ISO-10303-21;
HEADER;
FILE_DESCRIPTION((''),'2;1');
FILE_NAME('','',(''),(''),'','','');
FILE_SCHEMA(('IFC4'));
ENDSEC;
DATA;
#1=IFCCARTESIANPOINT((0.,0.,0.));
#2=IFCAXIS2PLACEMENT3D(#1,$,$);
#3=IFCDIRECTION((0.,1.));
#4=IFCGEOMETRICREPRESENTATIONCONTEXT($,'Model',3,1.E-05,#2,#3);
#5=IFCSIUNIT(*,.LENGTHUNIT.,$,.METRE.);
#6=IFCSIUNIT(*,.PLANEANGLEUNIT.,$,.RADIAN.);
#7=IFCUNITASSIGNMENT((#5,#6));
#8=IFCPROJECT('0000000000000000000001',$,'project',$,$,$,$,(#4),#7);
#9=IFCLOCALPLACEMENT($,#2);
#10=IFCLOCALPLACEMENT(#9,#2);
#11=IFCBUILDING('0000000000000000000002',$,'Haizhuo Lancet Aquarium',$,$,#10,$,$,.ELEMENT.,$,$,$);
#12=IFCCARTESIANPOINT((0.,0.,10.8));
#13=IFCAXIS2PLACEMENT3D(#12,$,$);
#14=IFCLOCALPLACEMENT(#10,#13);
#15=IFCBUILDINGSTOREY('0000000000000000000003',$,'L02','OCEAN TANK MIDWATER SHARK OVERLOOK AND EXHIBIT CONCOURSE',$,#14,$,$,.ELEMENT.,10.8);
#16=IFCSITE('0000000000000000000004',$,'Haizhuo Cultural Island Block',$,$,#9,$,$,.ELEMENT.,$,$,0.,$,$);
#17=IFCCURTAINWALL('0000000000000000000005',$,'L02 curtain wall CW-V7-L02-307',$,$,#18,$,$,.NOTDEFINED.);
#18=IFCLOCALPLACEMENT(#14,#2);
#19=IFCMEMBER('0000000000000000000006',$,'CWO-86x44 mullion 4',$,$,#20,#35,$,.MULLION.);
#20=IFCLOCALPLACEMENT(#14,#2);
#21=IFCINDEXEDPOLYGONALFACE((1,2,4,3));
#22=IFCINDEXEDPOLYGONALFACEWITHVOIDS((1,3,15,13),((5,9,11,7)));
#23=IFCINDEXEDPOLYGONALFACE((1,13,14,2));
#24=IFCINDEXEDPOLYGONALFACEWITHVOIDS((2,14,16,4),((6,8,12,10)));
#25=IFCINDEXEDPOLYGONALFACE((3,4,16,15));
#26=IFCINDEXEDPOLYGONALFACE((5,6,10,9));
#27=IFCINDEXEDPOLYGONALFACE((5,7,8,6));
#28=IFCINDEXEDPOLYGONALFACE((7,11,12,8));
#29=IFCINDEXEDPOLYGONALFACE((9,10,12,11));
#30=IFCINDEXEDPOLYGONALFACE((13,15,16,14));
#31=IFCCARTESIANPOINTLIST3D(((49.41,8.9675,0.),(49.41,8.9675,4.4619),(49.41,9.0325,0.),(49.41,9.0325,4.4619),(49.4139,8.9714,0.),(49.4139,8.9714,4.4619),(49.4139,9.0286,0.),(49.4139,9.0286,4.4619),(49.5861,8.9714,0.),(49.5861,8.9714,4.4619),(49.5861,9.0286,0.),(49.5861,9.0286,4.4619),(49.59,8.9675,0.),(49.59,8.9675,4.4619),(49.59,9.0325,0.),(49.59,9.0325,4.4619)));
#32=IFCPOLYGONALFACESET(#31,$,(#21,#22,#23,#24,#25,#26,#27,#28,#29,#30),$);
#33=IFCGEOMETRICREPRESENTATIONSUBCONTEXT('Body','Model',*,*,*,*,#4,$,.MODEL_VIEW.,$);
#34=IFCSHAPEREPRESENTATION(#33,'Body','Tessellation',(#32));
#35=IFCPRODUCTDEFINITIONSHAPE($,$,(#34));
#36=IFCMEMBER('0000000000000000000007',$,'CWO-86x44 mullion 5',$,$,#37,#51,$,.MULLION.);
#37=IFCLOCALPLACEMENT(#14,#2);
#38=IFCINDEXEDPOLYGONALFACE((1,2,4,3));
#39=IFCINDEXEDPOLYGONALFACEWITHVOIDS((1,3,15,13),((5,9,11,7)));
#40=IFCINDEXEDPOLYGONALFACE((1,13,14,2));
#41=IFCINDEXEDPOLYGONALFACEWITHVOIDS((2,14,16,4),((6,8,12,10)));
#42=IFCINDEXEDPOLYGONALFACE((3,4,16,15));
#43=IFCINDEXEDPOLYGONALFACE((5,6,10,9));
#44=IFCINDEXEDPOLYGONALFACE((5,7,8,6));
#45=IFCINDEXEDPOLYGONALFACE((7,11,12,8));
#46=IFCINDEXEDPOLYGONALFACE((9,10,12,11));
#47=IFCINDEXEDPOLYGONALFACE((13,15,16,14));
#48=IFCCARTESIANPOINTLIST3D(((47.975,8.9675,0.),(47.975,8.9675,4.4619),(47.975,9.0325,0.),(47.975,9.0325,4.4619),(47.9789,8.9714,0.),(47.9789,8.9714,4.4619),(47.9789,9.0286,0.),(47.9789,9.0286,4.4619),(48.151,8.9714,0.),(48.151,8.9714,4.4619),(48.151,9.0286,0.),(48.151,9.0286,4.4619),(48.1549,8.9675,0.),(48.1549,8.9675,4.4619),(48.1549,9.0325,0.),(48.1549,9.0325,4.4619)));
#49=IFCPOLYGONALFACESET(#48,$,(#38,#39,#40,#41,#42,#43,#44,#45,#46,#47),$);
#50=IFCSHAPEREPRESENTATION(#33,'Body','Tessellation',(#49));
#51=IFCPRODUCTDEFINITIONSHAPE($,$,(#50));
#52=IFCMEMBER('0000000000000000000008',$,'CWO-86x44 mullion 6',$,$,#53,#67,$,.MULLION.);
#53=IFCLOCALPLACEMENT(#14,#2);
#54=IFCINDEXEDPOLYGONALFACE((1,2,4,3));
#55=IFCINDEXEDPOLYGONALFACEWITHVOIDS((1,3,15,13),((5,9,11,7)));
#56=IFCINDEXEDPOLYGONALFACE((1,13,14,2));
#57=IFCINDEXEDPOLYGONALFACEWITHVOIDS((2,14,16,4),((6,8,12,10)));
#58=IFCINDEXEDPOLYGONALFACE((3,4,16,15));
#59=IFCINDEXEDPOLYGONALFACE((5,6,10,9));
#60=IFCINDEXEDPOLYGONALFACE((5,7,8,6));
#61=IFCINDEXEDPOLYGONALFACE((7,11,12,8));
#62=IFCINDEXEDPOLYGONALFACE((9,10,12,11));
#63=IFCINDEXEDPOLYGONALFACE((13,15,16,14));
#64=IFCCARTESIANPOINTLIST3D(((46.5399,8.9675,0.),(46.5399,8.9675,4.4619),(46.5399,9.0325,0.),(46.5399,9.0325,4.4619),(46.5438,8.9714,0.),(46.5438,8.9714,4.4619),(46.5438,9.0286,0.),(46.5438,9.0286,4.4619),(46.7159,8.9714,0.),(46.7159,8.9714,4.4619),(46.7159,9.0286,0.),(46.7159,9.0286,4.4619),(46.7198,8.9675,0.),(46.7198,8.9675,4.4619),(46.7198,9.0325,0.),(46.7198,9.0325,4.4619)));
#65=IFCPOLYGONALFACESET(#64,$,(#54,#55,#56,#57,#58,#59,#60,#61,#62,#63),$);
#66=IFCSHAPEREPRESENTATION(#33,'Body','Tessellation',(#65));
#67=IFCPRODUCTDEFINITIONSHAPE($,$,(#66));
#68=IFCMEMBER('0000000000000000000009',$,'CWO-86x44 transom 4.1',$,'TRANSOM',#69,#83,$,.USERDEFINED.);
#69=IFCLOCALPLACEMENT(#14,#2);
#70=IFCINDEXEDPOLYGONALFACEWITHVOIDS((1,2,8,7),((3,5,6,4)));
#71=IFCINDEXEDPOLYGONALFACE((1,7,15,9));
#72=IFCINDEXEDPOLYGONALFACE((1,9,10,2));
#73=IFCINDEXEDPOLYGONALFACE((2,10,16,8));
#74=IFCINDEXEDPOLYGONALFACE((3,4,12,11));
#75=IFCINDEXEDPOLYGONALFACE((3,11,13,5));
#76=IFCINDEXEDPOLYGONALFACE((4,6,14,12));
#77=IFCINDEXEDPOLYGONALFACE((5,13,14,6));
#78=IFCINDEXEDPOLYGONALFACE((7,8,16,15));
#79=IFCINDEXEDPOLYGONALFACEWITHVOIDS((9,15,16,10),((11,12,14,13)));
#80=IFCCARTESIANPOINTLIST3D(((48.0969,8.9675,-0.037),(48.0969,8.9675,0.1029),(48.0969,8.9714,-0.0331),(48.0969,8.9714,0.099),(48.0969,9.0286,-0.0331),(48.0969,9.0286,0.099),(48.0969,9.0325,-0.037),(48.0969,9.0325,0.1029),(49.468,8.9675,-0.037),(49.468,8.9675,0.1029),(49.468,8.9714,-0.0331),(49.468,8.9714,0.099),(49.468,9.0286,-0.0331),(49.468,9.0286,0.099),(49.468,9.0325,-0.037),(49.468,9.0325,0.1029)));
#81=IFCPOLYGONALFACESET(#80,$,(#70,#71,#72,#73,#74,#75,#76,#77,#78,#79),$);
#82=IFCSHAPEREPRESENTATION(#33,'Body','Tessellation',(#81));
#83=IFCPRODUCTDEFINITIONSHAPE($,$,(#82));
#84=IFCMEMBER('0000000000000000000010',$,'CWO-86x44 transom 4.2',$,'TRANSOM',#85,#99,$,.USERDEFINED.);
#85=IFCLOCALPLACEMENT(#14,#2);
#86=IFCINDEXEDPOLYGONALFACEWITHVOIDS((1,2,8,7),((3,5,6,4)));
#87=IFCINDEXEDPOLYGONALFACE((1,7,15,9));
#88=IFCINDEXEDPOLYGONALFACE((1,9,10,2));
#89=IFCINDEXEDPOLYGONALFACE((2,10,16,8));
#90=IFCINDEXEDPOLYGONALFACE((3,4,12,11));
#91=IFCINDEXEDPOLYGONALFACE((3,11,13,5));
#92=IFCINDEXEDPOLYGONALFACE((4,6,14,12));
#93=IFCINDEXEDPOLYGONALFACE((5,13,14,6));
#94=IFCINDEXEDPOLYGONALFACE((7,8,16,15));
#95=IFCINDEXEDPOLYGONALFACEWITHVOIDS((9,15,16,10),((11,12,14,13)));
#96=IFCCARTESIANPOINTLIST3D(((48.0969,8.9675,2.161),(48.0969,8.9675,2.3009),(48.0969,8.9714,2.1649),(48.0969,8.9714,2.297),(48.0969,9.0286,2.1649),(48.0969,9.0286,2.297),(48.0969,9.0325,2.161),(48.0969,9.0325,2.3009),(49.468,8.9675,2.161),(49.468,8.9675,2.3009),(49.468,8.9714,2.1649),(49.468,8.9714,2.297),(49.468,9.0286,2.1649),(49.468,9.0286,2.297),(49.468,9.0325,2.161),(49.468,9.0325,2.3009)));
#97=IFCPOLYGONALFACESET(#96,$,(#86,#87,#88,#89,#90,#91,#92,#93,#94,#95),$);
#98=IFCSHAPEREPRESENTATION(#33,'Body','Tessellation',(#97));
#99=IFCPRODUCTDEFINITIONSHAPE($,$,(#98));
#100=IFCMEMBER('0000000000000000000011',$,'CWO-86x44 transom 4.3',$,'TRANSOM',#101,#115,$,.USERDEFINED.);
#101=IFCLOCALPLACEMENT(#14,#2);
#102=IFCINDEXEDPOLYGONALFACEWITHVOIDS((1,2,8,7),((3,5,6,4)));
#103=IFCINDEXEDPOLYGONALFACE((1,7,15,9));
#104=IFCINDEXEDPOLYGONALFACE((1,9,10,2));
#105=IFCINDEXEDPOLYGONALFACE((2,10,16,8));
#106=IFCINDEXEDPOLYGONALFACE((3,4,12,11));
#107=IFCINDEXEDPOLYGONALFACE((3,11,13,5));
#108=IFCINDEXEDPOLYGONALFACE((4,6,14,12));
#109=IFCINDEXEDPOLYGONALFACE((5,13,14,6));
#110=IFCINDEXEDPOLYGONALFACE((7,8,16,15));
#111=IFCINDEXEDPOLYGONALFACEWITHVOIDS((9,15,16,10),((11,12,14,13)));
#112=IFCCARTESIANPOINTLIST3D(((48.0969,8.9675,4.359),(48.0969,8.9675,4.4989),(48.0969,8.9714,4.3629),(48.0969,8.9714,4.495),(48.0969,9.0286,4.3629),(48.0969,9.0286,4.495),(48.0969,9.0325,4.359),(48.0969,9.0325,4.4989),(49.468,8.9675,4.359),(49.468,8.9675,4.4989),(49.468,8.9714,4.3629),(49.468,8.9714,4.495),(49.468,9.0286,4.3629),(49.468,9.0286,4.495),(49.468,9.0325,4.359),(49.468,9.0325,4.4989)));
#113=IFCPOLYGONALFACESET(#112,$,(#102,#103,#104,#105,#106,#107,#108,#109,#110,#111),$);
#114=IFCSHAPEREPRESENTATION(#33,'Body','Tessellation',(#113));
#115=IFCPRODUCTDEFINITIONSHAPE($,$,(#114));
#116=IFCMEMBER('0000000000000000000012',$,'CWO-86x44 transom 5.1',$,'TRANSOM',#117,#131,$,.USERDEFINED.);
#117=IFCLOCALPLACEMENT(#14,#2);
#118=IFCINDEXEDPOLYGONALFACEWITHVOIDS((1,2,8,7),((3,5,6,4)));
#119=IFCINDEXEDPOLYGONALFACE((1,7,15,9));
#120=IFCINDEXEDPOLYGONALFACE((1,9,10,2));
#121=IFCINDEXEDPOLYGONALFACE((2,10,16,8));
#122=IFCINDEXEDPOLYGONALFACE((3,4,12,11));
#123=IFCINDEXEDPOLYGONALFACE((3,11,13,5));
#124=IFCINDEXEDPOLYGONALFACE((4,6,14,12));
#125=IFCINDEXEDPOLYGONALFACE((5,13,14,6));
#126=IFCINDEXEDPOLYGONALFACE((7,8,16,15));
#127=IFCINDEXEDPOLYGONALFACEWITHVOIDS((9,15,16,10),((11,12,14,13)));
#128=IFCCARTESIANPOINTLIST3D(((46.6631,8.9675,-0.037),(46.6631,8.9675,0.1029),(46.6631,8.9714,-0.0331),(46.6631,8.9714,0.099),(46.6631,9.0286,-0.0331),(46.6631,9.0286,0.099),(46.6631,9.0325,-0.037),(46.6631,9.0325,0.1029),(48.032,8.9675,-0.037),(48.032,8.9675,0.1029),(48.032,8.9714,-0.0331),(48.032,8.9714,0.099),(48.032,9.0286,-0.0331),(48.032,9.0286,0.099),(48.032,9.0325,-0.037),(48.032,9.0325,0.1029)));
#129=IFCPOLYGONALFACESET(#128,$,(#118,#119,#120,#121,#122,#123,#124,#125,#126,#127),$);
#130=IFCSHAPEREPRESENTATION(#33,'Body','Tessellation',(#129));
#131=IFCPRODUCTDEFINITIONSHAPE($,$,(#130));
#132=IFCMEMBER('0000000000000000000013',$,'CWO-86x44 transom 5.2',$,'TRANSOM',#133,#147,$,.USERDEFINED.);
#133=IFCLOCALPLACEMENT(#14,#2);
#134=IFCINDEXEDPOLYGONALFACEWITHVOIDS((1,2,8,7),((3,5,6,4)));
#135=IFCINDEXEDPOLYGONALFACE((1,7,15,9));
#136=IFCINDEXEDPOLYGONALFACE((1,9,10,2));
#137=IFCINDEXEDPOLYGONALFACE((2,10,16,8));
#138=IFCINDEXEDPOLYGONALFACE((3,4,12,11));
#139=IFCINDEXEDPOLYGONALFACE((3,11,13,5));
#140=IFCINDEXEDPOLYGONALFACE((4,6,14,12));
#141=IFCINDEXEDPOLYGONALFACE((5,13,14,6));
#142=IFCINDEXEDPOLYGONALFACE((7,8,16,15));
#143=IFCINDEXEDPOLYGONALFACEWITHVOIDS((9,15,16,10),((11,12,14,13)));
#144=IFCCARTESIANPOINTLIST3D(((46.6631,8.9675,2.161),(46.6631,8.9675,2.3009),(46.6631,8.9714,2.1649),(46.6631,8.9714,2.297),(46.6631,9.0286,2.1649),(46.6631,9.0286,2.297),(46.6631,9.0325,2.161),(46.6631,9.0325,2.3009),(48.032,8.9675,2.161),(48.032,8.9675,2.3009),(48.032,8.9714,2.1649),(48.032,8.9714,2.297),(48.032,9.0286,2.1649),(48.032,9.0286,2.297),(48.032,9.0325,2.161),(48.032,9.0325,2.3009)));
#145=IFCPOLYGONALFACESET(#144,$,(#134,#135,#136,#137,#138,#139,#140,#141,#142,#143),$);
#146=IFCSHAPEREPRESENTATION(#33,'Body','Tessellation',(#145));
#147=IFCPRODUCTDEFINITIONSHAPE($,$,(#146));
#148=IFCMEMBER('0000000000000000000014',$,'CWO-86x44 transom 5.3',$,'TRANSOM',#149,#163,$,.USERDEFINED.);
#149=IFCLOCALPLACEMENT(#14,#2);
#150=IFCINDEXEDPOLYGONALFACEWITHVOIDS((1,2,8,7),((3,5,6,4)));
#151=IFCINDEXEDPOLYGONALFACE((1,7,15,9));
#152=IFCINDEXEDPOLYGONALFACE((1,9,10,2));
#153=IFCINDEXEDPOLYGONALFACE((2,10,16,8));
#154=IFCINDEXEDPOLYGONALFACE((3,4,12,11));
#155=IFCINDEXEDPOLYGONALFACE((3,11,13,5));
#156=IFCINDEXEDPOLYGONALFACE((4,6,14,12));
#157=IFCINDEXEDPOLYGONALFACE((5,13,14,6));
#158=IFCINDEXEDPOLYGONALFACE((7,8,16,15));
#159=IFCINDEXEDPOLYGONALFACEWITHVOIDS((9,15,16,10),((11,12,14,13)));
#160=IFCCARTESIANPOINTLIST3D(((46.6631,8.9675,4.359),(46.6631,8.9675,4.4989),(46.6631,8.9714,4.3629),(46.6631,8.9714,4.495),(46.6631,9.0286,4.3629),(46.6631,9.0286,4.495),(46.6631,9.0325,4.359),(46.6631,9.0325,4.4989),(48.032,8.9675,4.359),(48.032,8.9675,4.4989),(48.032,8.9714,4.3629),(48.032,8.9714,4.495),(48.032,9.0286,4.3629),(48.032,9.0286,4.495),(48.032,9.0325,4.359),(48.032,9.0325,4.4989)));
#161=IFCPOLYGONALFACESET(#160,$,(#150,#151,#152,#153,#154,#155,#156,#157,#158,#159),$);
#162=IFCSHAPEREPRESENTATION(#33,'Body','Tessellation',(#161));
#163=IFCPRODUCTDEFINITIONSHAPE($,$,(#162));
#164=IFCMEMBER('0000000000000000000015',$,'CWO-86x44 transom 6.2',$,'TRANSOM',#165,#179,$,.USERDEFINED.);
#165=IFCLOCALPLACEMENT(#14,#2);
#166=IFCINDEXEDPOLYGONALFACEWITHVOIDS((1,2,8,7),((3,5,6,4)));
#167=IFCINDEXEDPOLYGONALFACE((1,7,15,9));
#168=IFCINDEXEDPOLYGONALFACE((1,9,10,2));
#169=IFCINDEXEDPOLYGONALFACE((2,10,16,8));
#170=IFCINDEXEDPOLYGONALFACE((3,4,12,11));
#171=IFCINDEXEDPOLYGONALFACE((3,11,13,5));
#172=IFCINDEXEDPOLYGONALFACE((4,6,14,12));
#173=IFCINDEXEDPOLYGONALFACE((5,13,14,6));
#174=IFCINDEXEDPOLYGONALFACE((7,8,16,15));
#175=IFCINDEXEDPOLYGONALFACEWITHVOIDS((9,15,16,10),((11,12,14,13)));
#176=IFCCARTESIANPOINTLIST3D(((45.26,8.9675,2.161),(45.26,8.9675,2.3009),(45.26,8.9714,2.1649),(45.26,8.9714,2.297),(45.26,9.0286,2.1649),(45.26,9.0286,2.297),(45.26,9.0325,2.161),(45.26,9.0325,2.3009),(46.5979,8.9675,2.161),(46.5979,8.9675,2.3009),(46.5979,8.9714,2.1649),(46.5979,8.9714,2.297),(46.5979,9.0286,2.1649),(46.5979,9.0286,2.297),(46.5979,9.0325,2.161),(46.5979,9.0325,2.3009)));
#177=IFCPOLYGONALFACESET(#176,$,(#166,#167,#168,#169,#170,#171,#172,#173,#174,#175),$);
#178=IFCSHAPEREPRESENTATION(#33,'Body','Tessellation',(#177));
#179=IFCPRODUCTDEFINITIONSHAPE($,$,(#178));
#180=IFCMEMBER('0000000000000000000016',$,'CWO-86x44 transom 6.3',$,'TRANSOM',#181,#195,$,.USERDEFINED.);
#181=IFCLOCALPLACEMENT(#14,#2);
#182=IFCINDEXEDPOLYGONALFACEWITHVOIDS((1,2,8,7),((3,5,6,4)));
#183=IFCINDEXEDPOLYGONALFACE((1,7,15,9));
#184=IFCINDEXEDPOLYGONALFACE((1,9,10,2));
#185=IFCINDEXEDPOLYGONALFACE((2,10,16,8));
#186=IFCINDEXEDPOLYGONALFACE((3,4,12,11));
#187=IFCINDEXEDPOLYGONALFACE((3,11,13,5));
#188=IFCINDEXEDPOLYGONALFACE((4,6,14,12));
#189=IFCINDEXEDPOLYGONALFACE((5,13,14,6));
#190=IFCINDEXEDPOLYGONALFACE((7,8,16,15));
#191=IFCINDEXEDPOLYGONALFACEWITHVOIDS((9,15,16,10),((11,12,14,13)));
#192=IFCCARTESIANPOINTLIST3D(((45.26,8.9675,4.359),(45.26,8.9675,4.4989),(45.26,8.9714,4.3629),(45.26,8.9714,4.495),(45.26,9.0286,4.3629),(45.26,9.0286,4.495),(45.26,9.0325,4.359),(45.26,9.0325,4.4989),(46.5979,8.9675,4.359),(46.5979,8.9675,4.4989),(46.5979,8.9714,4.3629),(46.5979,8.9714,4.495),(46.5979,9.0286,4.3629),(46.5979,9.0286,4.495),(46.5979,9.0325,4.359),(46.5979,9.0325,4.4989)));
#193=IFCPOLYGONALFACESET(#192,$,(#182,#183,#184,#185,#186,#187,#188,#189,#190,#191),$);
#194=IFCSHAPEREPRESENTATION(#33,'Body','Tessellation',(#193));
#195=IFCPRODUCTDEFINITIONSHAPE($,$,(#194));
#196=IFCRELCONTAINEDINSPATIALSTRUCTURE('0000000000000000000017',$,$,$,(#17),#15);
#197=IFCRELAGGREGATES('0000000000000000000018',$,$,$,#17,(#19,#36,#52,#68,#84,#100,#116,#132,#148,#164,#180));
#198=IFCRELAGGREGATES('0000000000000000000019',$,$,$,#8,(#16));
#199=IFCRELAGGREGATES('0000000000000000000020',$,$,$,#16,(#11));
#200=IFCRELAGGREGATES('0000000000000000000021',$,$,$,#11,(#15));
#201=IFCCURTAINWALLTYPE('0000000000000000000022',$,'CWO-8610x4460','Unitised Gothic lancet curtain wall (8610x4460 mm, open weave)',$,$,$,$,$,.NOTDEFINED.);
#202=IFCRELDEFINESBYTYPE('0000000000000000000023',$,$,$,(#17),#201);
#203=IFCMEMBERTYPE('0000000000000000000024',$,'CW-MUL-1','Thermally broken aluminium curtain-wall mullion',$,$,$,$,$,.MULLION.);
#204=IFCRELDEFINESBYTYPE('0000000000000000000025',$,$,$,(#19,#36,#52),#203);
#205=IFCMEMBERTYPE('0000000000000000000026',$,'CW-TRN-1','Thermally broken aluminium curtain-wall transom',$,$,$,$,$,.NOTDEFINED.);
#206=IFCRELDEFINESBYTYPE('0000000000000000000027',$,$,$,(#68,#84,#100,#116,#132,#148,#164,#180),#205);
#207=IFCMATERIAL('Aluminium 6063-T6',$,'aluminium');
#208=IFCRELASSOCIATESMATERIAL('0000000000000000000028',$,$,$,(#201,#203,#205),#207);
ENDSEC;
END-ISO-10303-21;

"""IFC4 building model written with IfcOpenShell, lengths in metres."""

from ifc_helpers import new_model, si_unit, direction, frame, origin, origin_2d, place, context, subcontext, project, spatial, hollow_rectangle, extrude, material, material_profile, profile_set, type_object, element, aggregate, save


model = new_model("IFC4")

# Units and contexts
model_context = context("Model", 3, precision=1e-05, world=origin(), true_north=direction((0.0, 1.0)))
body_context = subcontext(model_context, "Body", "Model", "MODEL_VIEW")
ifc_project = project(units=[si_unit("LENGTHUNIT", "METRE"), si_unit("PLANEANGLEUNIT", "RADIAN")], contexts=[model_context])

# Site, building, storey
site_placement = place(None, origin())
site = spatial("IfcSite", under=ifc_project, at=site_placement, Name="Haizhuo Cultural Island Block", CompositionType="ELEMENT", RefElevation=0.0)
building_placement = place(site_placement, origin())
building = spatial("IfcBuilding", under=site, at=building_placement, Name="Haizhuo Lancet Aquarium", CompositionType="ELEMENT")
storey_placement = place(building_placement, frame((0.0, 0.0, 10.8)))
storey = spatial("IfcBuildingStorey", under=building, at=storey_placement, Name="L02", Description="OCEAN TANK MIDWATER SHARK OVERLOOK AND EXHIBIT CONCOURSE", CompositionType="ELEMENT", Elevation=10.8)

# Curtain wall, members
ifc_material_1 = material(Name="Aluminium 6063-T6", Category="aluminium")
curtain_wall_type = type_object("IfcCurtainWallType", Name="CWO-8610x4460", Description="Unitised Gothic lancet curtain wall (8610x4460 mm, open weave)", PredefinedType="NOTDEFINED", material=ifc_material_1)
curtain_wall_placement = place(storey_placement, origin())
curtain_wall = element("IfcCurtainWall", 1, at=curtain_wall_placement, inside=storey, type_object=curtain_wall_type, Name="L02 curtain wall CW-V7-L02-307", PredefinedType="NOTDEFINED")
ifc_material_profile_1 = material_profile(ifc_material_1, hollow_rectangle(XDim=0.0649, YDim=0.1799, WallThickness=0.0039, at=origin_2d()), Name="ALU-M 65x180x4")
ifc_profile_set_1 = profile_set([ifc_material_profile_1], Name="Aluminium 6063-T6")
member_type_1 = type_object("IfcMemberType", Name="CW-MUL-1", Description="Thermally broken aluminium curtain-wall mullion", PredefinedType="MULLION", material=ifc_profile_set_1)
member_1_placement = place(storey_placement, frame((49.5, 9.0, 0.0), z_axis=(0.0, 0.0, 1.0), x_axis=(0.0, -1.0, 0.0)))
member_1 = element("IfcMember", 2, at=member_1_placement, type_object=member_type_1, Name="CWO-86x44 mullion 4", PredefinedType="MULLION", context=body_context, shape_type="SweptSolid", body=[
    extrude(hollow_rectangle(XDim=0.0649, YDim=0.1799, WallThickness=0.0039, at=origin_2d()), origin(), (0.0, 0.0, 1.0), 4.4619),
])
member_2_placement = place(storey_placement, frame((48.0649, 9.0, 0.0), z_axis=(0.0, 0.0, 1.0), x_axis=(0.0, -1.0, 0.0)))
member_2 = element("IfcMember", 3, at=member_2_placement, type_object=member_type_1, Name="CWO-86x44 mullion 5", PredefinedType="MULLION", context=body_context, shape_type="SweptSolid", body=[
    extrude(hollow_rectangle(XDim=0.0649, YDim=0.1799, WallThickness=0.0039, at=origin_2d()), origin(), (0.0, 0.0, 1.0), 4.4619),
])
member_3_placement = place(storey_placement, frame((46.6299, 9.0, 0.0), z_axis=(0.0, 0.0, 1.0), x_axis=(0.0, -1.0, 0.0)))
member_3 = element("IfcMember", 4, at=member_3_placement, type_object=member_type_1, Name="CWO-86x44 mullion 6", PredefinedType="MULLION", context=body_context, shape_type="SweptSolid", body=[
    extrude(hollow_rectangle(XDim=0.0649, YDim=0.1799, WallThickness=0.0039, at=origin_2d()), origin(), (0.0, 0.0, 1.0), 4.4619),
])
ifc_material_profile_2 = material_profile(ifc_material_1, hollow_rectangle(XDim=0.0649, YDim=0.1399, WallThickness=0.0039, at=origin_2d()), Name="ALU-T 65x140x4")
ifc_profile_set_2 = profile_set([ifc_material_profile_2], Name="Aluminium 6063-T6")
member_type_2 = type_object("IfcMemberType", Name="CW-TRN-1", Description="Thermally broken aluminium curtain-wall transom", PredefinedType="NOTDEFINED", material=ifc_profile_set_2)
member_4_placement = place(storey_placement, frame((49.468, 9.0, 0.033), z_axis=(-1.0, 0.0, 0.0), x_axis=(0.0, -1.0, 0.0)))
member_4 = element("IfcMember", 5, at=member_4_placement, type_object=member_type_2, Name="CWO-86x44 transom 4.1", ObjectType="TRANSOM", PredefinedType="USERDEFINED", context=body_context, shape_type="SweptSolid", body=[
    extrude(hollow_rectangle(XDim=0.0649, YDim=0.1399, WallThickness=0.0039, at=origin_2d()), origin(), (0.0, 0.0, 1.0), 1.3711),
])
member_5_placement = place(storey_placement, frame((49.468, 9.0, 2.231), z_axis=(-1.0, 0.0, 0.0), x_axis=(0.0, -1.0, 0.0)))
member_5 = element("IfcMember", 6, at=member_5_placement, type_object=member_type_2, Name="CWO-86x44 transom 4.2", ObjectType="TRANSOM", PredefinedType="USERDEFINED", context=body_context, shape_type="SweptSolid", body=[
    extrude(hollow_rectangle(XDim=0.0649, YDim=0.1399, WallThickness=0.0039, at=origin_2d()), origin(), (0.0, 0.0, 1.0), 1.3711),
])
member_6_placement = place(storey_placement, frame((49.468, 9.0, 4.429), z_axis=(-1.0, 0.0, 0.0), x_axis=(0.0, -1.0, 0.0)))
member_6 = element("IfcMember", 7, at=member_6_placement, type_object=member_type_2, Name="CWO-86x44 transom 4.3", ObjectType="TRANSOM", PredefinedType="USERDEFINED", context=body_context, shape_type="SweptSolid", body=[
    extrude(hollow_rectangle(XDim=0.0649, YDim=0.1399, WallThickness=0.0039, at=origin_2d()), origin(), (0.0, 0.0, 1.0), 1.3711),
])
member_7_placement = place(storey_placement, frame((48.032, 9.0, 0.033), z_axis=(-1.0, 0.0, 0.0), x_axis=(0.0, -1.0, 0.0)))
member_7 = element("IfcMember", 8, at=member_7_placement, type_object=member_type_2, Name="CWO-86x44 transom 5.1", ObjectType="TRANSOM", PredefinedType="USERDEFINED", context=body_context, shape_type="SweptSolid", body=[
    extrude(hollow_rectangle(XDim=0.0649, YDim=0.1399, WallThickness=0.0039, at=origin_2d()), origin(), (0.0, 0.0, 1.0), 1.3689),
])
member_8_placement = place(storey_placement, frame((48.032, 9.0, 2.231), z_axis=(-1.0, 0.0, 0.0), x_axis=(0.0, -1.0, 0.0)))
member_8 = element("IfcMember", 9, at=member_8_placement, type_object=member_type_2, Name="CWO-86x44 transom 5.2", ObjectType="TRANSOM", PredefinedType="USERDEFINED", context=body_context, shape_type="SweptSolid", body=[
    extrude(hollow_rectangle(XDim=0.0649, YDim=0.1399, WallThickness=0.0039, at=origin_2d()), origin(), (0.0, 0.0, 1.0), 1.3689),
])
member_9_placement = place(storey_placement, frame((48.032, 9.0, 4.429), z_axis=(-1.0, 0.0, 0.0), x_axis=(0.0, -1.0, 0.0)))
member_9 = element("IfcMember", 10, at=member_9_placement, type_object=member_type_2, Name="CWO-86x44 transom 5.3", ObjectType="TRANSOM", PredefinedType="USERDEFINED", context=body_context, shape_type="SweptSolid", body=[
    extrude(hollow_rectangle(XDim=0.0649, YDim=0.1399, WallThickness=0.0039, at=origin_2d()), origin(), (0.0, 0.0, 1.0), 1.3689),
])
member_10_placement = place(storey_placement, frame((46.5979, 9.0, 2.231), z_axis=(-1.0, 0.0, 0.0), x_axis=(0.0, -1.0, 0.0)))
member_10 = element("IfcMember", 11, at=member_10_placement, type_object=member_type_2, Name="CWO-86x44 transom 6.2", ObjectType="TRANSOM", PredefinedType="USERDEFINED", context=body_context, shape_type="SweptSolid", body=[
    extrude(hollow_rectangle(XDim=0.0649, YDim=0.1399, WallThickness=0.0039, at=origin_2d()), origin(), (0.0, 0.0, 1.0), 1.3379),
])
member_11_placement = place(storey_placement, frame((46.5979, 9.0, 4.429), z_axis=(-1.0, 0.0, 0.0), x_axis=(0.0, -1.0, 0.0)))
member_11 = element("IfcMember", 12, at=member_11_placement, type_object=member_type_2, Name="CWO-86x44 transom 6.3", ObjectType="TRANSOM", PredefinedType="USERDEFINED", context=body_context, shape_type="SweptSolid", body=[
    extrude(hollow_rectangle(XDim=0.0649, YDim=0.1399, WallThickness=0.0039, at=origin_2d()), origin(), (0.0, 0.0, 1.0), 1.3379),
])

aggregate(curtain_wall, [member_1, member_2, member_3, member_4, member_5, member_6, member_7, member_8, member_9, member_10, member_11])

save(model, "model.ifc")
